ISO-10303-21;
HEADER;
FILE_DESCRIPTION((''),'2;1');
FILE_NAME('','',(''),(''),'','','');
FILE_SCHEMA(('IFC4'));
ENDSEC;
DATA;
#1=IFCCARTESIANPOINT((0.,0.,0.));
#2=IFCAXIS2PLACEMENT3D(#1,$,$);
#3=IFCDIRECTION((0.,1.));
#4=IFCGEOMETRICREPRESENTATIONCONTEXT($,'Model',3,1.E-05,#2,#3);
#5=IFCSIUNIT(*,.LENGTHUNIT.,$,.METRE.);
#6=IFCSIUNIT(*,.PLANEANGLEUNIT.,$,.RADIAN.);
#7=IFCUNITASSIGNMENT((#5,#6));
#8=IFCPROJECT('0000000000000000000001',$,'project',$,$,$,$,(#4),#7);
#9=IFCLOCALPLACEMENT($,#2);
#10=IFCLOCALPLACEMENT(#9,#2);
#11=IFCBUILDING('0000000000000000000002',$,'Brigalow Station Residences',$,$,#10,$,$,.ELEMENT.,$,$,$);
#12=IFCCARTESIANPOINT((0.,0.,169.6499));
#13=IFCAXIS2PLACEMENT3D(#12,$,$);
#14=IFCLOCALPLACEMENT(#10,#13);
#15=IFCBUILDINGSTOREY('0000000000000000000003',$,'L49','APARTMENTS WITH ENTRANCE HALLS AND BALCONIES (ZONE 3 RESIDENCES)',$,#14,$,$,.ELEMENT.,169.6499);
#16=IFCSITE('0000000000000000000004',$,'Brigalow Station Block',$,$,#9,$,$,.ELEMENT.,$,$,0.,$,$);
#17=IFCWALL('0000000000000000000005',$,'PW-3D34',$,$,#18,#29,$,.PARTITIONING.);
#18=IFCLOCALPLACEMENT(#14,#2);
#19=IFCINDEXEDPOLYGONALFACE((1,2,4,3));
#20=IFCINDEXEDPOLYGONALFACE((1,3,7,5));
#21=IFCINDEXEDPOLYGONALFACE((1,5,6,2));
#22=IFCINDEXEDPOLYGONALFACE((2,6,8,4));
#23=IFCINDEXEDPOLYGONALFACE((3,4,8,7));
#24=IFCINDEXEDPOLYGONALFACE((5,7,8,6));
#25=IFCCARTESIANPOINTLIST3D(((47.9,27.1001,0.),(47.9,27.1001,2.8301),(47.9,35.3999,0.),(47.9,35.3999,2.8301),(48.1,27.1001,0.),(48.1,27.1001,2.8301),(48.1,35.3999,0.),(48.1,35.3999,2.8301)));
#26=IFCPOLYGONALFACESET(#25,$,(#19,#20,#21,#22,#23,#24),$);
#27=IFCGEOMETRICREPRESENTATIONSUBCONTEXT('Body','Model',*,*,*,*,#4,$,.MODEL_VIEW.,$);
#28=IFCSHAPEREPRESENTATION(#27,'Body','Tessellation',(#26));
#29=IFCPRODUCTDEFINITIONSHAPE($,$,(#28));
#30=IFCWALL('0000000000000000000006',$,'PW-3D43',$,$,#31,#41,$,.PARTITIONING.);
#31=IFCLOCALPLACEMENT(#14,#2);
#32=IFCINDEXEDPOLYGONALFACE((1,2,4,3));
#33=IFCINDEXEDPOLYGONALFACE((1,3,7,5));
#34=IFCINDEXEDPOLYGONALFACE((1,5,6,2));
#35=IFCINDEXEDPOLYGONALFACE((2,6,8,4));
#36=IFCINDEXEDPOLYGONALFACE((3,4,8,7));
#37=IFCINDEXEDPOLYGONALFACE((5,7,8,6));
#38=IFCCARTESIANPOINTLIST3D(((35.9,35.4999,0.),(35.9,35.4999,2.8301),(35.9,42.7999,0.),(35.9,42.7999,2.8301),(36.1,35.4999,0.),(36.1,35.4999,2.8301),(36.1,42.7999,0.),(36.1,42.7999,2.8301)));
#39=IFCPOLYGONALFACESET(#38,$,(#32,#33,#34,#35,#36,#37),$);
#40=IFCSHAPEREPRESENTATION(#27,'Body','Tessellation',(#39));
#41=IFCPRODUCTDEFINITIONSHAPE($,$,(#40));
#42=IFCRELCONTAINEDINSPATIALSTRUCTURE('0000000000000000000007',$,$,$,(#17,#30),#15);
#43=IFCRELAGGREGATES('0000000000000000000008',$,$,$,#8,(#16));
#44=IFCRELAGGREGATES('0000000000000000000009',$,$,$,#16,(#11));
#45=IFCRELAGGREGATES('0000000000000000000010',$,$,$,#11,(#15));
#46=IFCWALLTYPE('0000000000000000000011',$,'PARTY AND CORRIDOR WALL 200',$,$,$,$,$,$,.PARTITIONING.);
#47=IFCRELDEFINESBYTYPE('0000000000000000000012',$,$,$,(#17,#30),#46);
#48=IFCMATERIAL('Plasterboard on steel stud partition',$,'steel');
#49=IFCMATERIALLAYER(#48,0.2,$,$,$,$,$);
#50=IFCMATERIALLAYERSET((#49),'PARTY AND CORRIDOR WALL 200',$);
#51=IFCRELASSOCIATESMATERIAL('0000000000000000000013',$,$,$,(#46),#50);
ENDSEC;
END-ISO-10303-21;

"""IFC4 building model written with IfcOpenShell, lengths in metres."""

from ifc_helpers import new_model, si_unit, direction, frame, frame_2d, origin, place, context, subcontext, project, spatial, rectangle, extrude, material, layer, layer_set, type_object, element, save


model = new_model("IFC4")

# Units and contexts
model_context = context("Model", 3, precision=1e-05, world=origin(), true_north=direction((0.0, 1.0)))
body_context = subcontext(model_context, "Body", "Model", "MODEL_VIEW")
ifc_project = project(units=[si_unit("LENGTHUNIT", "METRE"), si_unit("PLANEANGLEUNIT", "RADIAN")], contexts=[model_context])

# Site, building, storey
site_placement = place(None, origin())
site = spatial("IfcSite", under=ifc_project, at=site_placement, Name="Brigalow Station Block", CompositionType="ELEMENT", RefElevation=0.0)
building_placement = place(site_placement, origin())
building = spatial("IfcBuilding", under=site, at=building_placement, Name="Brigalow Station Residences", CompositionType="ELEMENT")
storey_placement = place(building_placement, frame((0.0, 0.0, 169.6499)))
storey = spatial("IfcBuildingStorey", under=building, at=storey_placement, Name="L49", Description="APARTMENTS WITH ENTRANCE HALLS AND BALCONIES (ZONE 3 RESIDENCES)", CompositionType="ELEMENT", Elevation=169.6499)

# Shared definitions
ifc_material_1 = material(Name="Plasterboard on steel stud partition", Category="steel")
ifc_layer_1 = layer(ifc_material_1, 0.2)
ifc_layer_set_1 = layer_set([ifc_layer_1], Name="PARTY AND CORRIDOR WALL 200")
wall_type_1 = type_object("IfcWallType", Name="PARTY AND CORRIDOR WALL 200", PredefinedType="PARTITIONING", material=ifc_layer_set_1)

# Walls
wall_1_placement = place(storey_placement, frame((48.0, 27.1001, 0.0), z_axis=(0.0, 0.0, 1.0), x_axis=(0.0, 1.0, 0.0)))
element("IfcWall", 1, at=wall_1_placement, inside=storey, type_object=wall_type_1, Name="PW-3D34", PredefinedType="PARTITIONING", context=body_context, shape_type="SweptSolid", body=[
    extrude(rectangle(XDim=8.2998, YDim=0.2, at=frame_2d((4.1499, 0.0))), origin(), (0.0, 0.0, 1.0), 2.8301),
])
wall_2_placement = place(storey_placement, frame((36.0, 35.5, 0.0), z_axis=(0.0, 0.0, 1.0), x_axis=(0.0, 1.0, 0.0)))
element("IfcWall", 2, at=wall_2_placement, inside=storey, type_object=wall_type_1, Name="PW-3D43", PredefinedType="PARTITIONING", context=body_context, shape_type="SweptSolid", body=[
    extrude(rectangle(XDim=7.3, YDim=0.2, at=frame_2d((3.6499, 0.0))), origin(), (0.0, 0.0, 1.0), 2.8301),
])

save(model, "model.ifc")
